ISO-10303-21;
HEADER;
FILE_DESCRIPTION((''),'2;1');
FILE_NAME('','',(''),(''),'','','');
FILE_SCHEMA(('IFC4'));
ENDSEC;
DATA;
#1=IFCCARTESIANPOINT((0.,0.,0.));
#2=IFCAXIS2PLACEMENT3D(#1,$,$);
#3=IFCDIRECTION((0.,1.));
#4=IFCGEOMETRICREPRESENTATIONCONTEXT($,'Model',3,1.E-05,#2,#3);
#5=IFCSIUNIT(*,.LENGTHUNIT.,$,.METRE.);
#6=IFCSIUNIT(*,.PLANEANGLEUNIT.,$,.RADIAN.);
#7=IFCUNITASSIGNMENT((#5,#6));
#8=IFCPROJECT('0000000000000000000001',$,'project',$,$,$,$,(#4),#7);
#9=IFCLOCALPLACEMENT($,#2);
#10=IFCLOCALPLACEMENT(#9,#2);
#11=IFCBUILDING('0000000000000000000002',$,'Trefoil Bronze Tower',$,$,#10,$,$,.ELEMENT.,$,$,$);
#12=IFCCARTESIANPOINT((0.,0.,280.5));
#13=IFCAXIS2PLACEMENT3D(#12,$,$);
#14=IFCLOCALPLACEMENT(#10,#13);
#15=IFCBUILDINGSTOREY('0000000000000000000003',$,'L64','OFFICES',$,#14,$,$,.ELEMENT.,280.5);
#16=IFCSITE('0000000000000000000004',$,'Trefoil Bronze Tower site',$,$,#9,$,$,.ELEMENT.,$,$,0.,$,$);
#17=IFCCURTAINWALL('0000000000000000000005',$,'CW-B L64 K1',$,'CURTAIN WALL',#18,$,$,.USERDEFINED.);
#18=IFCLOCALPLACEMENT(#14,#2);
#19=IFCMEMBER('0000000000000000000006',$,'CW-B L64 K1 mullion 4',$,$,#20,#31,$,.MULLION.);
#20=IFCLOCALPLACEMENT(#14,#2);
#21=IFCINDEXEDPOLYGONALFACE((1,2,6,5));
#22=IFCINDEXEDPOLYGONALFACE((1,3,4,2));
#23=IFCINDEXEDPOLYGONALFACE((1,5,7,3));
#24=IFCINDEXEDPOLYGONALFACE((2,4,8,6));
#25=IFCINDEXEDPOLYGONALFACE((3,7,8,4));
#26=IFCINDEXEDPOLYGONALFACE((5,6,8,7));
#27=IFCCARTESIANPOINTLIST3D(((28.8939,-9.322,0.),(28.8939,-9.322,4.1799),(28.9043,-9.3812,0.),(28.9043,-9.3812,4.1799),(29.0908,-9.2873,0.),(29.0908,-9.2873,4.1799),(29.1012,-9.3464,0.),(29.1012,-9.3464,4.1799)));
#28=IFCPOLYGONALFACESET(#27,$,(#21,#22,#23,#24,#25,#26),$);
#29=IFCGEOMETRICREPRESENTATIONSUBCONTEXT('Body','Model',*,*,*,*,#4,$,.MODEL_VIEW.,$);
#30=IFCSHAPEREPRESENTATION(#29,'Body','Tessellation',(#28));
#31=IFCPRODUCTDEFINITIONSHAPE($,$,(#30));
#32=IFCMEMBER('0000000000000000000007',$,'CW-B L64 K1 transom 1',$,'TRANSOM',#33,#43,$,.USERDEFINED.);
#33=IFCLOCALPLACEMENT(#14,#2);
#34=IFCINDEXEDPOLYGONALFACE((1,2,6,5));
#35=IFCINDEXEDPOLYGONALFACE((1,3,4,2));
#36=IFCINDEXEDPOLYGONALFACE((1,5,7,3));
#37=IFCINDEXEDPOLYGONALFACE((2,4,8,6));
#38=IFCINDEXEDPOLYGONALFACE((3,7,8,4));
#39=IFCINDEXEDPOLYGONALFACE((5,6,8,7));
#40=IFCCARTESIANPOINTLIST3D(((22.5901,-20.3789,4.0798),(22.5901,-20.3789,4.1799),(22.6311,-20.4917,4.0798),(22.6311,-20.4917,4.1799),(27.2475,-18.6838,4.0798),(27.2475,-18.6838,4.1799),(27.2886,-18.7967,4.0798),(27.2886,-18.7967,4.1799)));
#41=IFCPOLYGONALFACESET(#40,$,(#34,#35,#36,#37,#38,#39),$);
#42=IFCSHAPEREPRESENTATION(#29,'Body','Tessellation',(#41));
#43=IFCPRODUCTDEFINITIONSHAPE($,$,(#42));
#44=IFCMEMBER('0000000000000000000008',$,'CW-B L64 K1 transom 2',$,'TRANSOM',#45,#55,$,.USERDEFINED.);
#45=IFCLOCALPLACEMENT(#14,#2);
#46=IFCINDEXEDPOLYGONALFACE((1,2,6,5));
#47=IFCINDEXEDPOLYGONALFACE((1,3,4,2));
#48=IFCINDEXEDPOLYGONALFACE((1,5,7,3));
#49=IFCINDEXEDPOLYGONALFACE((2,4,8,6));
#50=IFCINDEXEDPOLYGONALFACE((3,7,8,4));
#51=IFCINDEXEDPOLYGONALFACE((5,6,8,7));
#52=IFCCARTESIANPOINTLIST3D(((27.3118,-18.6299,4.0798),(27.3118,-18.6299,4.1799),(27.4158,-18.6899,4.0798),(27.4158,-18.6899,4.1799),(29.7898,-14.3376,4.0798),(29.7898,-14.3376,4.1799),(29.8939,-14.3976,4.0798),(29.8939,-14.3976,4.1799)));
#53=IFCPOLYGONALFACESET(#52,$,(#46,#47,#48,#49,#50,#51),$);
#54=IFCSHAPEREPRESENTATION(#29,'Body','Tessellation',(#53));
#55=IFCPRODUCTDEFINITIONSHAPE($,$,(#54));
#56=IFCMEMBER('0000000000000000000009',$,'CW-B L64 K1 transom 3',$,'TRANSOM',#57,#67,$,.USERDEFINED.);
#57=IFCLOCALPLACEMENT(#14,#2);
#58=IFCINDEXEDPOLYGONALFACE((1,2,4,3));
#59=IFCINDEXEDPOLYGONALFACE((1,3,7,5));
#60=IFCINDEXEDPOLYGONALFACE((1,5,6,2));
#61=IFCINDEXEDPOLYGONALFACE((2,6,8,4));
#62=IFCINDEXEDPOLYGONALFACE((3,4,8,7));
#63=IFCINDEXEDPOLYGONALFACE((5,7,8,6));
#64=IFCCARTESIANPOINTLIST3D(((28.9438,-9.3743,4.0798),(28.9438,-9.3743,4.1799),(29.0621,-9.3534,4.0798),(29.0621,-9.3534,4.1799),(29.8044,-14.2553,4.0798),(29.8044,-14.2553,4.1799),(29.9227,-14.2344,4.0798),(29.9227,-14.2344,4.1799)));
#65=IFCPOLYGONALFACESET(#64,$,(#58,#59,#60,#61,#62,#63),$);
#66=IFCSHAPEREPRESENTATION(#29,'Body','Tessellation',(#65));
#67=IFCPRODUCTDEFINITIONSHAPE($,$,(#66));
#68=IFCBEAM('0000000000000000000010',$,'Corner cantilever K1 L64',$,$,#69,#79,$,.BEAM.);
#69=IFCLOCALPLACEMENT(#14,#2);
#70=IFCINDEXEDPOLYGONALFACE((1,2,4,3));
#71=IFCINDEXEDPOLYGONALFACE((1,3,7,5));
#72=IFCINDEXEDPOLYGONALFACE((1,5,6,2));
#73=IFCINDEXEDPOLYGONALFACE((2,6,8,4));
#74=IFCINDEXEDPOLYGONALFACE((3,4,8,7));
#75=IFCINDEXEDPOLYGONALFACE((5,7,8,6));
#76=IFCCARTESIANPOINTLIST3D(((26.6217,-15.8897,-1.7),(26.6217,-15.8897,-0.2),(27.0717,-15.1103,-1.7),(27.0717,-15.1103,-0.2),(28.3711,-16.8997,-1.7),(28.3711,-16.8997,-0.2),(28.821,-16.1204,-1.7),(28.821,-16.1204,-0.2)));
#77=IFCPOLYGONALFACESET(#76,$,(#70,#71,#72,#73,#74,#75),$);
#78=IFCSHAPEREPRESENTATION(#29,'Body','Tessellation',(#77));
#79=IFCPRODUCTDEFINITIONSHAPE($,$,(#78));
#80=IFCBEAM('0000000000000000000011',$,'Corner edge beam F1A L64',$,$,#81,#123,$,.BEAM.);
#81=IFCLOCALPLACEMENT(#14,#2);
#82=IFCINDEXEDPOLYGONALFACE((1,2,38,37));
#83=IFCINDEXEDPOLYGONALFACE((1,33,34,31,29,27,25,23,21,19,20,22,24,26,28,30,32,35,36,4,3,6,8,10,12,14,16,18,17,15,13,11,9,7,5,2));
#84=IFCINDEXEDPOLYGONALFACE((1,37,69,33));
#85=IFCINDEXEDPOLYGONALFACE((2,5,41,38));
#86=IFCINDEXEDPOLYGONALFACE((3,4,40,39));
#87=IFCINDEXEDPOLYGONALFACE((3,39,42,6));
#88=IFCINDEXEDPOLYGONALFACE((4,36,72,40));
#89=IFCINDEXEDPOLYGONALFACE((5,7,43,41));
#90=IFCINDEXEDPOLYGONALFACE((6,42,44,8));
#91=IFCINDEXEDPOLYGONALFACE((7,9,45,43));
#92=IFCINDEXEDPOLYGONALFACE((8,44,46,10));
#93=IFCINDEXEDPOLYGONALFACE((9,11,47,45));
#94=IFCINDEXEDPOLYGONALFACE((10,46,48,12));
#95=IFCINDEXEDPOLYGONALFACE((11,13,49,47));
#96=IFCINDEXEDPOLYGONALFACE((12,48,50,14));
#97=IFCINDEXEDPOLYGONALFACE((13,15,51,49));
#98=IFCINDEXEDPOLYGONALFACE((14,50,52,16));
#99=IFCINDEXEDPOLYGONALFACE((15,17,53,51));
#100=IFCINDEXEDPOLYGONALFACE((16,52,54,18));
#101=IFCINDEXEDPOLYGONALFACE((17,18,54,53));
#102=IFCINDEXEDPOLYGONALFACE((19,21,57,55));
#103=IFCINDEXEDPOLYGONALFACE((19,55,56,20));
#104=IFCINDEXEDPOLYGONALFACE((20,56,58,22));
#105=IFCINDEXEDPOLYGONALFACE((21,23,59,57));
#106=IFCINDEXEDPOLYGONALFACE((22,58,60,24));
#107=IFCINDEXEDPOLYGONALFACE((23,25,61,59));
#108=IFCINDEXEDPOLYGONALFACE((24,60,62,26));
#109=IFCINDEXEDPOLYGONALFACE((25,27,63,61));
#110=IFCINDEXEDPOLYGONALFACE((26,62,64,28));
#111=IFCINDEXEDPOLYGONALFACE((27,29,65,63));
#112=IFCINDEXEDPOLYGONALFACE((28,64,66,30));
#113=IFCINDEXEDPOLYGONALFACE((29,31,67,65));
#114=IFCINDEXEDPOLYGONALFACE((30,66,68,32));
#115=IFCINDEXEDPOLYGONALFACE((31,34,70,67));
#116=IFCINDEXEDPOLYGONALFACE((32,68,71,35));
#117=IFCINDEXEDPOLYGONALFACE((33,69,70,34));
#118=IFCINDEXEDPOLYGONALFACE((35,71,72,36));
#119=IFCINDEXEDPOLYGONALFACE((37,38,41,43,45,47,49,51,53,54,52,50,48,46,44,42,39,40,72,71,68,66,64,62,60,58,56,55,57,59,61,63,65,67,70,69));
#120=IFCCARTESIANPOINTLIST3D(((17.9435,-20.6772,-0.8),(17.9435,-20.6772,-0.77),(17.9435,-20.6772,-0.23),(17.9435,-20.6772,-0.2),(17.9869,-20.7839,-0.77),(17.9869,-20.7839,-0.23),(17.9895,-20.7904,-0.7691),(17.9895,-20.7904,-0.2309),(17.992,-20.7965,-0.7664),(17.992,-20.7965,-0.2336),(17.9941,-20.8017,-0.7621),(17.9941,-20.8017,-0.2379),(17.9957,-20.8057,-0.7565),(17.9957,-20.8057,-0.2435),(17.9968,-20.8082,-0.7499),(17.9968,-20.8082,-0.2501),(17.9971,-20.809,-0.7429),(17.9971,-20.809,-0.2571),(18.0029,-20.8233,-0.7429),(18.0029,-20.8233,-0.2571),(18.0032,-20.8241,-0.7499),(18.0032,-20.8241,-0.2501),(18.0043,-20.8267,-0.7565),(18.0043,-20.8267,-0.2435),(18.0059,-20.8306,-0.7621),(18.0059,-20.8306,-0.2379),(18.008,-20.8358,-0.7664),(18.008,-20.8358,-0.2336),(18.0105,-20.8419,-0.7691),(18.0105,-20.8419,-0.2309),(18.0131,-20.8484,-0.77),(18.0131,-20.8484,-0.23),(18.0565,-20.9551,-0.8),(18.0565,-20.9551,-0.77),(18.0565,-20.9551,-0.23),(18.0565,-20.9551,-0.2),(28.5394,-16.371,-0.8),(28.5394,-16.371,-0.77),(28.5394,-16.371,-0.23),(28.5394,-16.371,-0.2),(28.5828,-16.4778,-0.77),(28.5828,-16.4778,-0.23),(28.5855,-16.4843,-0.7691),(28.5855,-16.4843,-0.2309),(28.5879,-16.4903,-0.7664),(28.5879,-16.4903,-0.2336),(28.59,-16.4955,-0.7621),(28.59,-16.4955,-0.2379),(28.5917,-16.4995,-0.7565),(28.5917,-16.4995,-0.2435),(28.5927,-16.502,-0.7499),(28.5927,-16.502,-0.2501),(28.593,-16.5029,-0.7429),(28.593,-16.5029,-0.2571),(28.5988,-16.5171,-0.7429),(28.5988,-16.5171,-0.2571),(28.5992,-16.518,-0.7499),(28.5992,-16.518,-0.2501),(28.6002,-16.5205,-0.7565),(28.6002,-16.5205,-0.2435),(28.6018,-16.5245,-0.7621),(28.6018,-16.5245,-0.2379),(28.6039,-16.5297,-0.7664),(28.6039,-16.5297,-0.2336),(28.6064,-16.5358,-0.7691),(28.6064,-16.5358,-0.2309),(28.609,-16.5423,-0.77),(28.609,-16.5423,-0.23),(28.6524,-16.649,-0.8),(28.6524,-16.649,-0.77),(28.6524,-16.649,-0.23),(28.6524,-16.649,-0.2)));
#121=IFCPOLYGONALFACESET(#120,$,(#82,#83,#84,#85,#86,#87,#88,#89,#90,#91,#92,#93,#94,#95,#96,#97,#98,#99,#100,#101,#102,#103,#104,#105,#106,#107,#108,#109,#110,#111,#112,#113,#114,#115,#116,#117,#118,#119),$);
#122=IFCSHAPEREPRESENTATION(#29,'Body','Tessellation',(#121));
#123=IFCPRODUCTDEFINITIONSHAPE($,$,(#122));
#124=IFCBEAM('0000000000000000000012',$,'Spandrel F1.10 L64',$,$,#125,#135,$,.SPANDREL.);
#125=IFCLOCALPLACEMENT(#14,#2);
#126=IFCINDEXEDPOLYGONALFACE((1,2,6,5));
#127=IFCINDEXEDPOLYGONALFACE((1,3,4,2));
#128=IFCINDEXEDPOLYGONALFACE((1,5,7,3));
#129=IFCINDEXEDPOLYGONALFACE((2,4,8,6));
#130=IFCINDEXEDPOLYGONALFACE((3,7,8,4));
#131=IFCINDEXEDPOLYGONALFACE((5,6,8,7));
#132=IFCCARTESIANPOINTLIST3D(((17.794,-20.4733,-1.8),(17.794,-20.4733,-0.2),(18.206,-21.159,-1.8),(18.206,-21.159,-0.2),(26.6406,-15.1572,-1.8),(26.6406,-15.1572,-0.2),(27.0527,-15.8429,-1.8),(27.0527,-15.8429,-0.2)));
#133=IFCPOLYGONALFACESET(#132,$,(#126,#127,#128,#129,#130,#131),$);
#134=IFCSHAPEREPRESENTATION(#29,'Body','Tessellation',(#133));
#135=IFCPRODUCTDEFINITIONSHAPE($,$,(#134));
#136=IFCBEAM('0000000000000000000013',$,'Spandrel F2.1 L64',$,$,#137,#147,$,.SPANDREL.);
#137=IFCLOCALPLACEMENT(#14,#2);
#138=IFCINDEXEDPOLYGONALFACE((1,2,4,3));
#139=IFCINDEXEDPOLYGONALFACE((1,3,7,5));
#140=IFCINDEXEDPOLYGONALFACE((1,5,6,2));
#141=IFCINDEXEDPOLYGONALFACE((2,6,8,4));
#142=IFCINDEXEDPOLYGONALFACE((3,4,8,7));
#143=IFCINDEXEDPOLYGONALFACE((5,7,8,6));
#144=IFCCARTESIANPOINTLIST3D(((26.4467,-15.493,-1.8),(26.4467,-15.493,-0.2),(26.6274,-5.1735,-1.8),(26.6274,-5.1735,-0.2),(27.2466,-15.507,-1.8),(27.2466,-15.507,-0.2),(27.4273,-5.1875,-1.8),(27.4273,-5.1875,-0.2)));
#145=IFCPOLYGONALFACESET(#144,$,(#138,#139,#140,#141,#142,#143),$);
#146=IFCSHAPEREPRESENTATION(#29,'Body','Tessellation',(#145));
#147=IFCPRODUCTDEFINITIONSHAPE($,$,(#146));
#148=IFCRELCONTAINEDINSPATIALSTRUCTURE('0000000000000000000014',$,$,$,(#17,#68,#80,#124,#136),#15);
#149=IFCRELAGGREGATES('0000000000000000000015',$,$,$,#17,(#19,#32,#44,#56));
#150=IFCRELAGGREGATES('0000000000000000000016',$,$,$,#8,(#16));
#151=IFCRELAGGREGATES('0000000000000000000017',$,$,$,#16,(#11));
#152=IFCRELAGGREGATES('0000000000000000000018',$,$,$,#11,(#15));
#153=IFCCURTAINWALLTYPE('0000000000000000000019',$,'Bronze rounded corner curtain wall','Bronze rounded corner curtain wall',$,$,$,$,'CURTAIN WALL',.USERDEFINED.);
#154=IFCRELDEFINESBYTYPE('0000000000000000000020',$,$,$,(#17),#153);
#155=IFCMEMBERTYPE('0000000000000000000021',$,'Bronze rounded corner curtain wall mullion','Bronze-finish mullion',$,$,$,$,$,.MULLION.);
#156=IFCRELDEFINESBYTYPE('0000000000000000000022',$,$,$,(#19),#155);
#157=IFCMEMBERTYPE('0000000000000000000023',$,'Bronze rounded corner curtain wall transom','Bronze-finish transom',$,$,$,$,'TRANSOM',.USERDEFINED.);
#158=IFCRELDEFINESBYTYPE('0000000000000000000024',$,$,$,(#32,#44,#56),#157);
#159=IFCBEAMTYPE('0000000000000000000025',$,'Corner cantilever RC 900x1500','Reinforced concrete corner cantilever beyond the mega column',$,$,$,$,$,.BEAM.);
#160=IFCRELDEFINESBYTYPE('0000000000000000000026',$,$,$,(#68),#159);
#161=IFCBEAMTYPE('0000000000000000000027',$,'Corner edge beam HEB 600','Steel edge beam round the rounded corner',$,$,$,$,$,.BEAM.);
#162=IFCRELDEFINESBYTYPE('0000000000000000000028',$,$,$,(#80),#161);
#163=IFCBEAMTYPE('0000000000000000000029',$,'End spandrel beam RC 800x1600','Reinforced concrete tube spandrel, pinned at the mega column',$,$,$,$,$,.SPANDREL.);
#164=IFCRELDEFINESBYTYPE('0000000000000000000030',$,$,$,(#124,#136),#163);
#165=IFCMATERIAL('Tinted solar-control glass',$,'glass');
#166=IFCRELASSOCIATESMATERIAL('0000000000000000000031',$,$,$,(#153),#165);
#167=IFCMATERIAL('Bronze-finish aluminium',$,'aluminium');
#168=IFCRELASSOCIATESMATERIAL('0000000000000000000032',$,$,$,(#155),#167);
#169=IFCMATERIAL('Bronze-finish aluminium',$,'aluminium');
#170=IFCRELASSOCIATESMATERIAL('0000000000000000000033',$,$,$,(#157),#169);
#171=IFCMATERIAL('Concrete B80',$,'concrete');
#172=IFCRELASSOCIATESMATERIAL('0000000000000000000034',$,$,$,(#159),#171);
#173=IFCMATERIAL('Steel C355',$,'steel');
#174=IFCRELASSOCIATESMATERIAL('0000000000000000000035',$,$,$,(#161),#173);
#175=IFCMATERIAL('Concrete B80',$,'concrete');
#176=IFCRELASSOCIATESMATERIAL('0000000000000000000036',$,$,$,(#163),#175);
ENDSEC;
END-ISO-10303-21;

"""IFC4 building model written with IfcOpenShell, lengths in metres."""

from ifc_helpers import new_model, si_unit, direction, frame, origin, origin_2d, place, context, subcontext, project, spatial, rectangle, i_section, extrude, material, material_profile, profile_set, type_object, element, aggregate, save


model = new_model("IFC4")

# Units and contexts
model_context = context("Model", 3, precision=1e-05, world=origin(), true_north=direction((0.0, 1.0)))
body_context = subcontext(model_context, "Body", "Model", "MODEL_VIEW")
ifc_project = project(units=[si_unit("LENGTHUNIT", "METRE"), si_unit("PLANEANGLEUNIT", "RADIAN")], contexts=[model_context])

# Site, building, storey
site_placement = place(None, origin())
site = spatial("IfcSite", under=ifc_project, at=site_placement, Name="Trefoil Bronze Tower site", CompositionType="ELEMENT", RefElevation=0.0)
building_placement = place(site_placement, origin())
building = spatial("IfcBuilding", under=site, at=building_placement, Name="Trefoil Bronze Tower", CompositionType="ELEMENT")
storey_placement = place(building_placement, frame((0.0, 0.0, 280.5)))
storey = spatial("IfcBuildingStorey", under=building, at=storey_placement, Name="L64", Description="OFFICES", CompositionType="ELEMENT", Elevation=280.5)

# Curtain wall, members
ifc_material_1 = material(Name="Tinted solar-control glass", Category="glass")
curtain_wall_type_1 = type_object("IfcCurtainWallType", Name="Bronze rounded corner curtain wall", Description="Bronze rounded corner curtain wall", ElementType="CURTAIN WALL", PredefinedType="USERDEFINED", material=ifc_material_1)
curtain_wall_1_placement = place(storey_placement, origin())
curtain_wall_1 = element("IfcCurtainWall", 1, at=curtain_wall_1_placement, inside=storey, type_object=curtain_wall_type_1, Name="CW-B L64 K1", ObjectType="CURTAIN WALL", PredefinedType="USERDEFINED")
ifc_material_2 = material(Name="Bronze-finish aluminium", Category="aluminium")
ifc_material_profile_1 = material_profile(ifc_material_2, rectangle(XDim=0.2, YDim=0.0601, at=origin_2d()), Name="CW-B mullion")
ifc_profile_set_1 = profile_set([ifc_material_profile_1], Name="Bronze-finish aluminium")
member_type_1 = type_object("IfcMemberType", Name="Bronze rounded corner curtain wall mullion", Description="Bronze-finish mullion", PredefinedType="MULLION", material=ifc_profile_set_1)
member_1_placement = place(storey_placement, frame((28.9976, -9.3342, 0.0), z_axis=(0.0, 0.0, 1.0), x_axis=(-0.984808, -0.173648, 0.0)))
member_1 = element("IfcMember", 2, at=member_1_placement, type_object=member_type_1, Name="CW-B L64 K1 mullion 4", PredefinedType="MULLION", context=body_context, shape_type="SweptSolid", body=[
    extrude(rectangle(XDim=0.2, YDim=0.0601, at=origin_2d()), origin(), (0.0, 0.0, 1.0), 4.1799),
])
ifc_material_3 = material(Name="Bronze-finish aluminium", Category="aluminium")
ifc_material_profile_2 = material_profile(ifc_material_3, rectangle(XDim=0.1201, YDim=0.1001, at=origin_2d()), Name="CW-B transom")
ifc_profile_set_2 = profile_set([ifc_material_profile_2], Name="Bronze-finish aluminium")
member_type_2 = type_object("IfcMemberType", Name="Bronze rounded corner curtain wall transom", Description="Bronze-finish transom", ElementType="TRANSOM", PredefinedType="USERDEFINED", material=ifc_profile_set_2)
member_2_placement = place(storey_placement, frame((22.6106, -20.4353, 4.1299), z_axis=(0.9397, 0.342, 0.0), x_axis=(-0.342, 0.9397, 0.0)))
member_2 = element("IfcMember", 3, at=member_2_placement, type_object=member_type_2, Name="CW-B L64 K1 transom 1", ObjectType="TRANSOM", PredefinedType="USERDEFINED", context=body_context, shape_type="SweptSolid", body=[
    extrude(rectangle(XDim=0.1201, YDim=0.1001, at=origin_2d()), origin(), (0.0, 0.0, 1.0), 4.9563),
])
member_3_placement = place(storey_placement, frame((27.3638, -18.6599, 4.1299), z_axis=(0.499985, 0.866034, 0.0), x_axis=(-0.866034, 0.499985, 0.0)))
member_3 = element("IfcMember", 4, at=member_3_placement, type_object=member_type_2, Name="CW-B L64 K1 transom 2", ObjectType="TRANSOM", PredefinedType="USERDEFINED", context=body_context, shape_type="SweptSolid", body=[
    extrude(rectangle(XDim=0.1201, YDim=0.1001, at=origin_2d()), origin(), (0.0, 0.0, 1.0), 4.9563),
])
member_4_placement = place(storey_placement, frame((29.8635, -14.2449, 4.1299), z_axis=(-0.173634, 0.98481, 0.0), x_axis=(-0.98481, -0.173634, 0.0)))
member_4 = element("IfcMember", 5, at=member_4_placement, type_object=member_type_2, Name="CW-B L64 K1 transom 3", ObjectType="TRANSOM", PredefinedType="USERDEFINED", context=body_context, shape_type="SweptSolid", body=[
    extrude(rectangle(XDim=0.1201, YDim=0.1001, at=origin_2d()), origin(), (0.0, 0.0, 1.0), 4.9563),
])

# Beams
ifc_material_4 = material(Name="Concrete B80", Category="concrete")
ifc_material_profile_3 = material_profile(ifc_material_4, rectangle(XDim=0.8999, YDim=1.5, at=origin_2d()), Name="RC 900x1500")
ifc_profile_set_3 = profile_set([ifc_material_profile_3], Name="Concrete B80")
beam_type_1 = type_object("IfcBeamType", Name="Corner cantilever RC 900x1500", Description="Reinforced concrete corner cantilever beyond the mega column", PredefinedType="BEAM", material=ifc_profile_set_3)
beam_1_placement = place(storey_placement, frame((26.8467, -15.5, -0.95), z_axis=(0.86601, -0.500026, 0.0), x_axis=(0.500026, 0.86601, 0.0)))
element("IfcBeam", 6, at=beam_1_placement, inside=storey, type_object=beam_type_1, Name="Corner cantilever K1 L64", PredefinedType="BEAM", context=body_context, shape_type="SweptSolid", body=[
    extrude(rectangle(XDim=0.8999, YDim=1.5, at=origin_2d()), origin(), (0.0, 0.0, 1.0), 2.02),
])
ifc_material_5 = material(Name="Steel C355", Category="steel")
ifc_material_profile_4 = material_profile(ifc_material_5, i_section(OverallWidth=0.3, OverallDepth=0.6001, WebThickness=0.0154, FlangeThickness=0.03, FilletRadius=0.0271, at=origin_2d()), Name="HEB 600")
ifc_profile_set_4 = profile_set([ifc_material_profile_4], Name="Steel C355")
beam_type_2 = type_object("IfcBeamType", Name="Corner edge beam HEB 600", Description="Steel edge beam round the rounded corner", PredefinedType="BEAM", material=ifc_profile_set_4)
beam_2_placement = place(storey_placement, frame((18.0, -20.8162, -0.5), z_axis=(0.926419, 0.376493, 0.0), x_axis=(-0.376493, 0.926419, 0.0)))
element("IfcBeam", 7, at=beam_2_placement, inside=storey, type_object=beam_type_2, Name="Corner edge beam F1A L64", PredefinedType="BEAM", context=body_context, shape_type="SweptSolid", body=[
    extrude(i_section(OverallWidth=0.3, OverallDepth=0.6001, WebThickness=0.0154, FlangeThickness=0.03, FilletRadius=0.0271, at=origin_2d()), origin(), (0.0, 0.0, 1.0), 11.4375),
])
ifc_material_6 = material(Name="Concrete B80", Category="concrete")
ifc_material_profile_5 = material_profile(ifc_material_6, rectangle(XDim=0.8, YDim=1.6001, at=origin_2d()), Name="RC 800x1600")
ifc_profile_set_5 = profile_set([ifc_material_profile_5], Name="Concrete B80")
beam_type_3 = type_object("IfcBeamType", Name="End spandrel beam RC 800x1600", Description="Reinforced concrete tube spandrel, pinned at the mega column", PredefinedType="SPANDREL", material=ifc_profile_set_5)
for number, where, z_axis, x_axis, name in (
    (8, (18.0, -20.8162, -1.0), (0.857144, 0.515077, 0.0), (-0.515077, 0.857144, 0.0), "Spandrel F1.10 L64"),
    (9, (26.8467, -15.5, -1.0), (0.017504, 0.999847, 0.0), (-0.999847, 0.017504, 0.0), "Spandrel F2.1 L64"),
):
    element("IfcBeam", number, at=place(storey_placement, frame(where, z_axis=z_axis, x_axis=x_axis)), inside=storey, type_object=beam_type_3, Name=name, PredefinedType="SPANDREL", context=body_context, shape_type="SweptSolid", body=[
        extrude(rectangle(XDim=0.8, YDim=1.6001, at=origin_2d()), origin(), (0.0, 0.0, 1.0), 10.321),
    ])

aggregate(curtain_wall_1, [member_1, member_2, member_3, member_4])

save(model, "model.ifc")
